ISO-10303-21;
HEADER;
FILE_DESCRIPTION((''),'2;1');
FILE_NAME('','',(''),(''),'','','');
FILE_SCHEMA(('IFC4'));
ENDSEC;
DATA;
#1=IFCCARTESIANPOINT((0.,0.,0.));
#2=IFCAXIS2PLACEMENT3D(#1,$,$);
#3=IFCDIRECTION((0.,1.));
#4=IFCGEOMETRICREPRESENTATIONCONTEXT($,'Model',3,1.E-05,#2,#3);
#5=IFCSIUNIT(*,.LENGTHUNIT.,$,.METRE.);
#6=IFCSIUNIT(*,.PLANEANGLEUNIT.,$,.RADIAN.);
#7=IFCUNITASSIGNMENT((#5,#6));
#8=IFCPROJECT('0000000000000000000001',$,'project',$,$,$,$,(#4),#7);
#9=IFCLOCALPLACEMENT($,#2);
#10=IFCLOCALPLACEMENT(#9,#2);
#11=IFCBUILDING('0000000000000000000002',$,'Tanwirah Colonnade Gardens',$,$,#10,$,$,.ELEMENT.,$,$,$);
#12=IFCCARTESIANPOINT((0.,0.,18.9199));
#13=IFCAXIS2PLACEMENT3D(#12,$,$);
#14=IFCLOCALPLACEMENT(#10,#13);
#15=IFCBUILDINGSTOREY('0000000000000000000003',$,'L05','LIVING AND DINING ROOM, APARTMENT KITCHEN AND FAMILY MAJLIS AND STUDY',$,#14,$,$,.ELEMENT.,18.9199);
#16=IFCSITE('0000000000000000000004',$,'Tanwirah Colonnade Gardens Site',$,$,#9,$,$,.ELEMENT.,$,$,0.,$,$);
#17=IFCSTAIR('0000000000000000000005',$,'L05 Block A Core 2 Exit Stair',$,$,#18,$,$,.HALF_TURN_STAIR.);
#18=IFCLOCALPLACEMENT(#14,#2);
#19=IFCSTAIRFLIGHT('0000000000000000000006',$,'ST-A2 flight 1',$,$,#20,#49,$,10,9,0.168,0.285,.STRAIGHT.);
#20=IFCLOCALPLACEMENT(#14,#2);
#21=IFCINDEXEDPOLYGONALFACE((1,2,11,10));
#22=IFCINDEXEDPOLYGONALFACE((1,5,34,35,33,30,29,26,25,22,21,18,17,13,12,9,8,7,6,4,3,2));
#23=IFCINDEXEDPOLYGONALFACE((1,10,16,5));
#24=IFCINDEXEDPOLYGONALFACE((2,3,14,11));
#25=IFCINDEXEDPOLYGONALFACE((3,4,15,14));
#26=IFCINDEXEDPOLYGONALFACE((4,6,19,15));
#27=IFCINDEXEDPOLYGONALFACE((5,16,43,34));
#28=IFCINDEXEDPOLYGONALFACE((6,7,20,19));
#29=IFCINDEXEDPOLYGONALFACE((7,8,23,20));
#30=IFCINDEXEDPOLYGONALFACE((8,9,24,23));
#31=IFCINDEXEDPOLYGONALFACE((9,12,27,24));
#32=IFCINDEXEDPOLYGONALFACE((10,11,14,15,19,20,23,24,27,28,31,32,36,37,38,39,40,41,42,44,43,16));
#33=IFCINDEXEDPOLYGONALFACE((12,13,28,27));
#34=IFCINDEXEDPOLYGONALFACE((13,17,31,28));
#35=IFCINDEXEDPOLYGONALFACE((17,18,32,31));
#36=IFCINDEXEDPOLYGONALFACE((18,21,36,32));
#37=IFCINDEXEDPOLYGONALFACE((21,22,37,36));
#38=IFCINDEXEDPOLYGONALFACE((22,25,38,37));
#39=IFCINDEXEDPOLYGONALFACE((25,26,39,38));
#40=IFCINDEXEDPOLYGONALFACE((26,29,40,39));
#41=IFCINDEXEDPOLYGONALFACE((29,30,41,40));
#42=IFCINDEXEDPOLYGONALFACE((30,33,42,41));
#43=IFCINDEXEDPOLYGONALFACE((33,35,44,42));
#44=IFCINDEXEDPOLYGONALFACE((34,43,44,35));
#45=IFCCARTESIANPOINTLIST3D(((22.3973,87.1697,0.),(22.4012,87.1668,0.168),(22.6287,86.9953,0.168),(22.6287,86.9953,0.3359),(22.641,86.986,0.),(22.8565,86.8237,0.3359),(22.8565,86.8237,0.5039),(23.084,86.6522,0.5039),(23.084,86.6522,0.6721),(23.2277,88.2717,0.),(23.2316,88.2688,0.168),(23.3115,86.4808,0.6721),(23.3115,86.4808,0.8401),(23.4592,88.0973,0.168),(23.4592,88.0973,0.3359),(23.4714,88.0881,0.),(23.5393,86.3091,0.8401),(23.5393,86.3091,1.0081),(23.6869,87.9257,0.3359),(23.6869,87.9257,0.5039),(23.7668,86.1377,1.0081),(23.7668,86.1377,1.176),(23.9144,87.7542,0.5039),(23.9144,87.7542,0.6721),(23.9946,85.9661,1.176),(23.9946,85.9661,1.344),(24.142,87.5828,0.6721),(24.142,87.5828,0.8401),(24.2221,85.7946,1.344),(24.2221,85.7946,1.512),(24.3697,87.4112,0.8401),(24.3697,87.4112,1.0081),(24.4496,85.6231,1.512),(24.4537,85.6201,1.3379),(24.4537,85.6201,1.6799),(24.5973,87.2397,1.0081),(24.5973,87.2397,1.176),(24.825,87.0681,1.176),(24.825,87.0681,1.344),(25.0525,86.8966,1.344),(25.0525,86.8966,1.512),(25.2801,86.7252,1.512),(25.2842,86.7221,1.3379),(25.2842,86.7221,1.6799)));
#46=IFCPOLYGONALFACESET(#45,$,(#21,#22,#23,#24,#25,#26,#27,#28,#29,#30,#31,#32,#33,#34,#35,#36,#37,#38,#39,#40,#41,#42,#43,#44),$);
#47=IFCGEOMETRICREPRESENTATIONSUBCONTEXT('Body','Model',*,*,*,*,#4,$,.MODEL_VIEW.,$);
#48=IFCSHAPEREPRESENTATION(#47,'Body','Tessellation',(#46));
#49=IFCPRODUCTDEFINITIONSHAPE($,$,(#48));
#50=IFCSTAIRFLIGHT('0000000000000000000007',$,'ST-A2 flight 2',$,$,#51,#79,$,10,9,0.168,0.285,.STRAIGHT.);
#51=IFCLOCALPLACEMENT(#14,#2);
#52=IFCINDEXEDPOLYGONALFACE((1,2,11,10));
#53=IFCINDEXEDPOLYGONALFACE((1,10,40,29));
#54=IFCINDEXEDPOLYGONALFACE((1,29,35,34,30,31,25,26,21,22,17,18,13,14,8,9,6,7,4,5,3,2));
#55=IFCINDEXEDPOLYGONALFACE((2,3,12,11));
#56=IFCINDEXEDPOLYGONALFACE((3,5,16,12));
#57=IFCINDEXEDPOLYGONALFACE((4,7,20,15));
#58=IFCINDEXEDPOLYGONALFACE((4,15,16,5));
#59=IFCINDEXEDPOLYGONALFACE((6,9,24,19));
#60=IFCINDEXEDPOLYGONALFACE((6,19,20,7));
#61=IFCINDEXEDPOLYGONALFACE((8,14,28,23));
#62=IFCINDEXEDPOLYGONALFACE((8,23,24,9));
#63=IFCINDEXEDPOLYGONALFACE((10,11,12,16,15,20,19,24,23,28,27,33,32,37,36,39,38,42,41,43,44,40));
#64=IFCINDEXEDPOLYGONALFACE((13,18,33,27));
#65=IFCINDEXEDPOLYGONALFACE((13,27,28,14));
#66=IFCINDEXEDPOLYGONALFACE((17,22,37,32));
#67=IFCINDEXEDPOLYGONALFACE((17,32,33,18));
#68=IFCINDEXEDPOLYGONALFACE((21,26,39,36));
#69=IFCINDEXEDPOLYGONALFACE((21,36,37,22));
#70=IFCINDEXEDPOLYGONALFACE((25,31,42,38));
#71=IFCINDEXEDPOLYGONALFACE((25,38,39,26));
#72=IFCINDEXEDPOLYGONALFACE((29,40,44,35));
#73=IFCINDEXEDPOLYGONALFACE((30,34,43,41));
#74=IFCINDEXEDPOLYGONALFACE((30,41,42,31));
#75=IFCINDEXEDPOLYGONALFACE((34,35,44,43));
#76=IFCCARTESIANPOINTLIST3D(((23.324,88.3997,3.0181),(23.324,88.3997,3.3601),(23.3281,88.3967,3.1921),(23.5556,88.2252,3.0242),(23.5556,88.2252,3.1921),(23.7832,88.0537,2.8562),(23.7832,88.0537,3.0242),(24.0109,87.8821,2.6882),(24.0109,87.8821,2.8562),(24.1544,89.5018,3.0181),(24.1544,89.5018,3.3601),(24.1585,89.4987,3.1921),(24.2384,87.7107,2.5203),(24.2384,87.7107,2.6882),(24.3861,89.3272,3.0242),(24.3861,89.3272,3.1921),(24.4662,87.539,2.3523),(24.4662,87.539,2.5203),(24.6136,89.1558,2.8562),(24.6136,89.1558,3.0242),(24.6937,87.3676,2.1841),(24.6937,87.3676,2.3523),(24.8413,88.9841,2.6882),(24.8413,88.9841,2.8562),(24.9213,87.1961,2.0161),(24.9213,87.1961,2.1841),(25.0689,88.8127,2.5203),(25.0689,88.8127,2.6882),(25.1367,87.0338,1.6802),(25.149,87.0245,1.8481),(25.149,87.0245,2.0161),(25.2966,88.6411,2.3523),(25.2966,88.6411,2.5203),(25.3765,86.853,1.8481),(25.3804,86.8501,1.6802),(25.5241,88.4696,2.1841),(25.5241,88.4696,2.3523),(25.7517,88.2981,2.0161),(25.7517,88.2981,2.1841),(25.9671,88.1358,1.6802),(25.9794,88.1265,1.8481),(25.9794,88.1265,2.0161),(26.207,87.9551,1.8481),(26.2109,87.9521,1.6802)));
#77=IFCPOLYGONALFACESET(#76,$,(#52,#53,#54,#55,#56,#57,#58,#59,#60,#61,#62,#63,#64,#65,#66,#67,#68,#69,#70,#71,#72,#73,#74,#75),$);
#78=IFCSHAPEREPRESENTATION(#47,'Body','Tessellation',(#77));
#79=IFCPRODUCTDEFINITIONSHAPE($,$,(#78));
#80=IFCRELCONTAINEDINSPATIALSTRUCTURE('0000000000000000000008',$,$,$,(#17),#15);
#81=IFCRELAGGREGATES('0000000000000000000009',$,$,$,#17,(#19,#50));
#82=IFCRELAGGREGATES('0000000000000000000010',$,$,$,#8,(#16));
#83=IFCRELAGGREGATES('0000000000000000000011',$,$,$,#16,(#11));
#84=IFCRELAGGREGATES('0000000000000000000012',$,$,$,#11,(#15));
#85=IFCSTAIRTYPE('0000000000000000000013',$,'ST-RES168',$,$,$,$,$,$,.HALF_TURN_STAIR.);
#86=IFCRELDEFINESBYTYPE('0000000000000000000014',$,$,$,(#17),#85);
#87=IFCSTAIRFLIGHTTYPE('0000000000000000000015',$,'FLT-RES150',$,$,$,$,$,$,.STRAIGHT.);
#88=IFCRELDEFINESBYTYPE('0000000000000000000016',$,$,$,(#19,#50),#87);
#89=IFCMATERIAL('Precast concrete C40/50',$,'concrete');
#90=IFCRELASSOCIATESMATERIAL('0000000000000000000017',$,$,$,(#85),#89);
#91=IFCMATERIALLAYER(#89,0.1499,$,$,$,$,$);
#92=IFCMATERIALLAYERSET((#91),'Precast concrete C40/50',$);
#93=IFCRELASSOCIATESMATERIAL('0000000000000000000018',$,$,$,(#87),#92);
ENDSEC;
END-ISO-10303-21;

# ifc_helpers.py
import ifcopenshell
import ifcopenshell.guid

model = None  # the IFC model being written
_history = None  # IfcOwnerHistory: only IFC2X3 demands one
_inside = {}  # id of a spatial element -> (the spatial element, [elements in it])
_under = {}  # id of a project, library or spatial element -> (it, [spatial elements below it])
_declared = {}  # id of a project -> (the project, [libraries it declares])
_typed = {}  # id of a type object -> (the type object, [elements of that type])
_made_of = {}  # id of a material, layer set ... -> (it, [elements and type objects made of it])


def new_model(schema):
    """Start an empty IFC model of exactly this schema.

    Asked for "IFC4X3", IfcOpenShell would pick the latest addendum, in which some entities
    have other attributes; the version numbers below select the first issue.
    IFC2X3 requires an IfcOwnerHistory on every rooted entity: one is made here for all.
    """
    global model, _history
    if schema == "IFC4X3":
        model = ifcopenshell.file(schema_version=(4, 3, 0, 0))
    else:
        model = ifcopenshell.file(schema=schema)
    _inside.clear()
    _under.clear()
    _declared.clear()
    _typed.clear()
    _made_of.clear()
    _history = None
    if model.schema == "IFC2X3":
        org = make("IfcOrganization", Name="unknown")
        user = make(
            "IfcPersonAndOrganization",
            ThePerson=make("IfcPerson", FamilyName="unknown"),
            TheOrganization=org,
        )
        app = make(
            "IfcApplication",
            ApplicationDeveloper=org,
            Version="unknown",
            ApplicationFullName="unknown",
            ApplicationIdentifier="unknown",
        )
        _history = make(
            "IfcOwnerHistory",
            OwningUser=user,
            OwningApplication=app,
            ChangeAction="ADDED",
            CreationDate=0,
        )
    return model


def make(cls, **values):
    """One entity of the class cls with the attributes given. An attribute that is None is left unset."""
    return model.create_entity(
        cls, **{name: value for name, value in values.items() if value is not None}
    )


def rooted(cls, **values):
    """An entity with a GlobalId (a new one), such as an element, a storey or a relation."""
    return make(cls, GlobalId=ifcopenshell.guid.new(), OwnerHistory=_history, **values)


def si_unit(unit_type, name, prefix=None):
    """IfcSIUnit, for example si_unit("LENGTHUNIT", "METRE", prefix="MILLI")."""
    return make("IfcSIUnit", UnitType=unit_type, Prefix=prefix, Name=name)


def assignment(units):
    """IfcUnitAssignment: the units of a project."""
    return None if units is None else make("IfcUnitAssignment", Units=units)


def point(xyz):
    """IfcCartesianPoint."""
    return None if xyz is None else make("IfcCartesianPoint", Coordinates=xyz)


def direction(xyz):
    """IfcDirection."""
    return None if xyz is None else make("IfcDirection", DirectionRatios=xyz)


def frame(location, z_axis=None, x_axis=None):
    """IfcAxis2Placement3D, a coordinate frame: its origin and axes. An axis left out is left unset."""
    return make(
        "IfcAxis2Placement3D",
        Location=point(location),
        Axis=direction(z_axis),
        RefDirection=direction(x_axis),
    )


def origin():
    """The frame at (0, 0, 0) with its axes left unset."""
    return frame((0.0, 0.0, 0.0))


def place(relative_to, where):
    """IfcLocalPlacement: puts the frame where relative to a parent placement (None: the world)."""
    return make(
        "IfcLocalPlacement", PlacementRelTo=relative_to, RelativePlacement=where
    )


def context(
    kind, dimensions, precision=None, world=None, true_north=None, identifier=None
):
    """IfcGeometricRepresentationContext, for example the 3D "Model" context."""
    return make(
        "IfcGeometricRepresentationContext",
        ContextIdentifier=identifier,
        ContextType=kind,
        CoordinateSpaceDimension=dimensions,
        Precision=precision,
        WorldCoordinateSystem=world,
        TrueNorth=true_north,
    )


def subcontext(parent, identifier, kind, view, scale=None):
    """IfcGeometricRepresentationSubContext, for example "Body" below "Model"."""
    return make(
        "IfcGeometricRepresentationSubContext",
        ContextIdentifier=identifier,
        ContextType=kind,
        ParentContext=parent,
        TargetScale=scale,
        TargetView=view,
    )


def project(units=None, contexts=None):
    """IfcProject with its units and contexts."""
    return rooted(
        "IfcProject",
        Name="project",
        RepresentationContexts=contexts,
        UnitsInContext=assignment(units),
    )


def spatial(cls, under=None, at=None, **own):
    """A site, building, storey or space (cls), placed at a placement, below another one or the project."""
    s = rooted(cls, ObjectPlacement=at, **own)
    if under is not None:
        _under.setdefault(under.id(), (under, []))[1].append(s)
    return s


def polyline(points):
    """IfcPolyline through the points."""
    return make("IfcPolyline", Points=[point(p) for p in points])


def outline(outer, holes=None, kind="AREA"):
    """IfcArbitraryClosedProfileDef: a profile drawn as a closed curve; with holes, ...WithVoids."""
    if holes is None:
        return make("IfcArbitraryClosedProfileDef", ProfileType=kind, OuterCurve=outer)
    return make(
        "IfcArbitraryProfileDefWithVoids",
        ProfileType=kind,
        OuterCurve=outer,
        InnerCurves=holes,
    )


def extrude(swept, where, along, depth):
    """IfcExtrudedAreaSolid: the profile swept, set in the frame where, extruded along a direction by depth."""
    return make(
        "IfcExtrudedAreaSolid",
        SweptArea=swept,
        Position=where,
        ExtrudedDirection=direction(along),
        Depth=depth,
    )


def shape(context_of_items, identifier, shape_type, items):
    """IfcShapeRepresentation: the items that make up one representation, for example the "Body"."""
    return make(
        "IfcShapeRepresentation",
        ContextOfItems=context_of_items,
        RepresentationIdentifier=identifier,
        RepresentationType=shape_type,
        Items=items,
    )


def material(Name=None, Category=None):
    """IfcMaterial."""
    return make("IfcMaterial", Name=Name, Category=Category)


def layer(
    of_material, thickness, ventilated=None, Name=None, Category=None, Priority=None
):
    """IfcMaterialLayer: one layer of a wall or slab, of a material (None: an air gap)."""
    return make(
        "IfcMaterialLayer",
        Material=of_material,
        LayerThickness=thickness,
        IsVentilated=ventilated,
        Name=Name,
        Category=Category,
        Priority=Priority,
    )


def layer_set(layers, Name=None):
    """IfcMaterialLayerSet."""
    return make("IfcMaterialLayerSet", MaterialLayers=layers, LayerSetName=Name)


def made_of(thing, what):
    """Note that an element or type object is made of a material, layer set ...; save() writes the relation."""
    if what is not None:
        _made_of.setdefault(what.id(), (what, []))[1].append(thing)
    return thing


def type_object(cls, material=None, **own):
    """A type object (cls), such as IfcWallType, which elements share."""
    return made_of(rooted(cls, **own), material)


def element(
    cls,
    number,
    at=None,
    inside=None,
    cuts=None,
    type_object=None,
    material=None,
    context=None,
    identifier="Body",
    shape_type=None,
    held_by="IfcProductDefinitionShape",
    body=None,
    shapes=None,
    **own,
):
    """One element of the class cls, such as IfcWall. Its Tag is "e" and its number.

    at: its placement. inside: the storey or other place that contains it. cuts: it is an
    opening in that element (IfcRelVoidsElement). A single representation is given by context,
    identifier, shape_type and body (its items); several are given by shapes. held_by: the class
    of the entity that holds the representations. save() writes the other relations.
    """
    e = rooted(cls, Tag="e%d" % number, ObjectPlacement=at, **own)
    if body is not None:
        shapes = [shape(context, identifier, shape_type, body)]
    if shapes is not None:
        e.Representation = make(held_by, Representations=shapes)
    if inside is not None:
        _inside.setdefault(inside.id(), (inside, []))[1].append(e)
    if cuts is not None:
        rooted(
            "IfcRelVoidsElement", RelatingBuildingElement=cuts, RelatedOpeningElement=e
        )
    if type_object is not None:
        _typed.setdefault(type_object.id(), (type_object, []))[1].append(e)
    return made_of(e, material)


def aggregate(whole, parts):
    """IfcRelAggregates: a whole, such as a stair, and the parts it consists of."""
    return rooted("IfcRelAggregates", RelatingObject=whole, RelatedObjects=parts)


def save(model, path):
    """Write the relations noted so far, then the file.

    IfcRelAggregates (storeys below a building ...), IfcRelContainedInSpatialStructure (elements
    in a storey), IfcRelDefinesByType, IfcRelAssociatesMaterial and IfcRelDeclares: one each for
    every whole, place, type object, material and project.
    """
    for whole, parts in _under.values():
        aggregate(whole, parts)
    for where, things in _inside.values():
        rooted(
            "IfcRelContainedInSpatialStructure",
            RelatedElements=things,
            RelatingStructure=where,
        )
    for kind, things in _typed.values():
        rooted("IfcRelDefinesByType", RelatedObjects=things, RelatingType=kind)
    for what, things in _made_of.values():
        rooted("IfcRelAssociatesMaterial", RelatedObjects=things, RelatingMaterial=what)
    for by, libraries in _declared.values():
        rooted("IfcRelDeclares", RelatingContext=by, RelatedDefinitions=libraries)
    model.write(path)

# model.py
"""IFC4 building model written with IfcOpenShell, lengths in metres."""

from ifc_helpers import new_model, si_unit, direction, frame, origin, place, context, subcontext, project, spatial, polyline, outline, extrude, material, layer, layer_set, type_object, element, aggregate, save


model = new_model("IFC4")

# Units and contexts
model_context = context("Model", 3, precision=1e-05, world=origin(), true_north=direction((0.0, 1.0)))
body_context = subcontext(model_context, "Body", "Model", "MODEL_VIEW")
ifc_project = project(units=[si_unit("LENGTHUNIT", "METRE"), si_unit("PLANEANGLEUNIT", "RADIAN")], contexts=[model_context])

# Site, building, storey
site_placement = place(None, origin())
site = spatial("IfcSite", under=ifc_project, at=site_placement, Name="Tanwirah Colonnade Gardens Site", CompositionType="ELEMENT", RefElevation=0.0)
building_placement = place(site_placement, origin())
building = spatial("IfcBuilding", under=site, at=building_placement, Name="Tanwirah Colonnade Gardens", CompositionType="ELEMENT")
storey_placement = place(building_placement, frame((0.0, 0.0, 18.9199)))
storey = spatial("IfcBuildingStorey", under=building, at=storey_placement, Name="L05", Description="LIVING AND DINING ROOM, APARTMENT KITCHEN AND FAMILY MAJLIS AND STUDY", CompositionType="ELEMENT", Elevation=18.9199)

# Shared definitions
ifc_material_1 = material(Name="Precast concrete C40/50", Category="concrete")

# Stair, stair flights
stair_type = type_object("IfcStairType", Name="ST-RES168", PredefinedType="HALF_TURN_STAIR", material=ifc_material_1)
stair_placement = place(storey_placement, origin())
stair = element("IfcStair", 1, at=stair_placement, inside=storey, type_object=stair_type, Name="L05 Block A Core 2 Exit Stair", PredefinedType="HALF_TURN_STAIR")
ifc_layer_1 = layer(ifc_material_1, 0.1499)
ifc_layer_set_1 = layer_set([ifc_layer_1], Name="Precast concrete C40/50")
stair_flight_type = type_object("IfcStairFlightType", Name="FLT-RES150", PredefinedType="STRAIGHT", material=ifc_layer_set_1)
stair_flight_1_placement = place(storey_placement, frame((22.8164, 87.7178, 0.0), z_axis=(0.0, 0.0, 1.0), x_axis=(0.798636, -0.601815, 0.0)))
stair_flight_1 = element("IfcStairFlight", 2, at=stair_flight_1_placement, type_object=stair_flight_type, Name="ST-A2 flight 1", NumberOfRisers=10, NumberOfTreads=9, PredefinedType="STRAIGHT", RiserHeight=0.168, TreadLength=0.285, context=body_context, shape_type="SweptSolid", body=[
    extrude(outline(polyline([(-0.0049, 0.0), (0.0, 0.168), (0.2849, 0.168), (0.2849, 0.3359), (0.5701, 0.3359), (0.5701, 0.5039), (0.855, 0.5039), (0.855, 0.6721), (1.1399, 0.6721), (1.1399, 0.8401), (1.425, 0.8401), (1.425, 1.0081), (1.71, 1.0081), (1.71, 1.176), (1.9951, 1.176), (1.9951, 1.344), (2.28, 1.344), (2.28, 1.512), (2.5649, 1.512), (2.5701, 1.6799), (2.5701, 1.3379), (0.3003, 0.0), (-0.0049, 0.0)])), frame((0.0, 0.6899, 0.0), z_axis=(0.0, -1.0, 0.0), x_axis=(1.0, 0.0, 0.0)), (0.0, 0.0, 1.0), 1.3799),
])
stair_flight_2_placement = place(storey_placement, frame((25.7917, 87.4041, 1.6802), z_axis=(0.0, 0.0, 1.0), x_axis=(-0.798636, 0.601815, 0.0)))
stair_flight_2 = element("IfcStairFlight", 3, at=stair_flight_2_placement, type_object=stair_flight_type, Name="ST-A2 flight 2", NumberOfRisers=10, NumberOfTreads=9, PredefinedType="STRAIGHT", RiserHeight=0.168, TreadLength=0.285, context=body_context, shape_type="SweptSolid", body=[
    extrude(outline(polyline([(-0.0049, 0.0), (0.0, 0.168), (0.2849, 0.168), (0.2849, 0.3359), (0.5701, 0.3359), (0.5701, 0.5039), (0.855, 0.5039), (0.855, 0.6721), (1.1399, 0.6721), (1.1399, 0.8401), (1.425, 0.8401), (1.425, 1.0081), (1.71, 1.0081), (1.71, 1.176), (1.9951, 1.176), (1.9951, 1.344), (2.28, 1.344), (2.28, 1.512), (2.5649, 1.512), (2.5701, 1.6799), (2.5701, 1.3379), (0.3003, 0.0), (-0.0049, 0.0)])), frame((0.0, 0.6899, 0.0), z_axis=(0.0, -1.0, 0.0), x_axis=(1.0, 0.0, 0.0)), (0.0, 0.0, 1.0), 1.3799),
])
aggregate(stair, [stair_flight_1, stair_flight_2])

save(model, "model.ifc")
